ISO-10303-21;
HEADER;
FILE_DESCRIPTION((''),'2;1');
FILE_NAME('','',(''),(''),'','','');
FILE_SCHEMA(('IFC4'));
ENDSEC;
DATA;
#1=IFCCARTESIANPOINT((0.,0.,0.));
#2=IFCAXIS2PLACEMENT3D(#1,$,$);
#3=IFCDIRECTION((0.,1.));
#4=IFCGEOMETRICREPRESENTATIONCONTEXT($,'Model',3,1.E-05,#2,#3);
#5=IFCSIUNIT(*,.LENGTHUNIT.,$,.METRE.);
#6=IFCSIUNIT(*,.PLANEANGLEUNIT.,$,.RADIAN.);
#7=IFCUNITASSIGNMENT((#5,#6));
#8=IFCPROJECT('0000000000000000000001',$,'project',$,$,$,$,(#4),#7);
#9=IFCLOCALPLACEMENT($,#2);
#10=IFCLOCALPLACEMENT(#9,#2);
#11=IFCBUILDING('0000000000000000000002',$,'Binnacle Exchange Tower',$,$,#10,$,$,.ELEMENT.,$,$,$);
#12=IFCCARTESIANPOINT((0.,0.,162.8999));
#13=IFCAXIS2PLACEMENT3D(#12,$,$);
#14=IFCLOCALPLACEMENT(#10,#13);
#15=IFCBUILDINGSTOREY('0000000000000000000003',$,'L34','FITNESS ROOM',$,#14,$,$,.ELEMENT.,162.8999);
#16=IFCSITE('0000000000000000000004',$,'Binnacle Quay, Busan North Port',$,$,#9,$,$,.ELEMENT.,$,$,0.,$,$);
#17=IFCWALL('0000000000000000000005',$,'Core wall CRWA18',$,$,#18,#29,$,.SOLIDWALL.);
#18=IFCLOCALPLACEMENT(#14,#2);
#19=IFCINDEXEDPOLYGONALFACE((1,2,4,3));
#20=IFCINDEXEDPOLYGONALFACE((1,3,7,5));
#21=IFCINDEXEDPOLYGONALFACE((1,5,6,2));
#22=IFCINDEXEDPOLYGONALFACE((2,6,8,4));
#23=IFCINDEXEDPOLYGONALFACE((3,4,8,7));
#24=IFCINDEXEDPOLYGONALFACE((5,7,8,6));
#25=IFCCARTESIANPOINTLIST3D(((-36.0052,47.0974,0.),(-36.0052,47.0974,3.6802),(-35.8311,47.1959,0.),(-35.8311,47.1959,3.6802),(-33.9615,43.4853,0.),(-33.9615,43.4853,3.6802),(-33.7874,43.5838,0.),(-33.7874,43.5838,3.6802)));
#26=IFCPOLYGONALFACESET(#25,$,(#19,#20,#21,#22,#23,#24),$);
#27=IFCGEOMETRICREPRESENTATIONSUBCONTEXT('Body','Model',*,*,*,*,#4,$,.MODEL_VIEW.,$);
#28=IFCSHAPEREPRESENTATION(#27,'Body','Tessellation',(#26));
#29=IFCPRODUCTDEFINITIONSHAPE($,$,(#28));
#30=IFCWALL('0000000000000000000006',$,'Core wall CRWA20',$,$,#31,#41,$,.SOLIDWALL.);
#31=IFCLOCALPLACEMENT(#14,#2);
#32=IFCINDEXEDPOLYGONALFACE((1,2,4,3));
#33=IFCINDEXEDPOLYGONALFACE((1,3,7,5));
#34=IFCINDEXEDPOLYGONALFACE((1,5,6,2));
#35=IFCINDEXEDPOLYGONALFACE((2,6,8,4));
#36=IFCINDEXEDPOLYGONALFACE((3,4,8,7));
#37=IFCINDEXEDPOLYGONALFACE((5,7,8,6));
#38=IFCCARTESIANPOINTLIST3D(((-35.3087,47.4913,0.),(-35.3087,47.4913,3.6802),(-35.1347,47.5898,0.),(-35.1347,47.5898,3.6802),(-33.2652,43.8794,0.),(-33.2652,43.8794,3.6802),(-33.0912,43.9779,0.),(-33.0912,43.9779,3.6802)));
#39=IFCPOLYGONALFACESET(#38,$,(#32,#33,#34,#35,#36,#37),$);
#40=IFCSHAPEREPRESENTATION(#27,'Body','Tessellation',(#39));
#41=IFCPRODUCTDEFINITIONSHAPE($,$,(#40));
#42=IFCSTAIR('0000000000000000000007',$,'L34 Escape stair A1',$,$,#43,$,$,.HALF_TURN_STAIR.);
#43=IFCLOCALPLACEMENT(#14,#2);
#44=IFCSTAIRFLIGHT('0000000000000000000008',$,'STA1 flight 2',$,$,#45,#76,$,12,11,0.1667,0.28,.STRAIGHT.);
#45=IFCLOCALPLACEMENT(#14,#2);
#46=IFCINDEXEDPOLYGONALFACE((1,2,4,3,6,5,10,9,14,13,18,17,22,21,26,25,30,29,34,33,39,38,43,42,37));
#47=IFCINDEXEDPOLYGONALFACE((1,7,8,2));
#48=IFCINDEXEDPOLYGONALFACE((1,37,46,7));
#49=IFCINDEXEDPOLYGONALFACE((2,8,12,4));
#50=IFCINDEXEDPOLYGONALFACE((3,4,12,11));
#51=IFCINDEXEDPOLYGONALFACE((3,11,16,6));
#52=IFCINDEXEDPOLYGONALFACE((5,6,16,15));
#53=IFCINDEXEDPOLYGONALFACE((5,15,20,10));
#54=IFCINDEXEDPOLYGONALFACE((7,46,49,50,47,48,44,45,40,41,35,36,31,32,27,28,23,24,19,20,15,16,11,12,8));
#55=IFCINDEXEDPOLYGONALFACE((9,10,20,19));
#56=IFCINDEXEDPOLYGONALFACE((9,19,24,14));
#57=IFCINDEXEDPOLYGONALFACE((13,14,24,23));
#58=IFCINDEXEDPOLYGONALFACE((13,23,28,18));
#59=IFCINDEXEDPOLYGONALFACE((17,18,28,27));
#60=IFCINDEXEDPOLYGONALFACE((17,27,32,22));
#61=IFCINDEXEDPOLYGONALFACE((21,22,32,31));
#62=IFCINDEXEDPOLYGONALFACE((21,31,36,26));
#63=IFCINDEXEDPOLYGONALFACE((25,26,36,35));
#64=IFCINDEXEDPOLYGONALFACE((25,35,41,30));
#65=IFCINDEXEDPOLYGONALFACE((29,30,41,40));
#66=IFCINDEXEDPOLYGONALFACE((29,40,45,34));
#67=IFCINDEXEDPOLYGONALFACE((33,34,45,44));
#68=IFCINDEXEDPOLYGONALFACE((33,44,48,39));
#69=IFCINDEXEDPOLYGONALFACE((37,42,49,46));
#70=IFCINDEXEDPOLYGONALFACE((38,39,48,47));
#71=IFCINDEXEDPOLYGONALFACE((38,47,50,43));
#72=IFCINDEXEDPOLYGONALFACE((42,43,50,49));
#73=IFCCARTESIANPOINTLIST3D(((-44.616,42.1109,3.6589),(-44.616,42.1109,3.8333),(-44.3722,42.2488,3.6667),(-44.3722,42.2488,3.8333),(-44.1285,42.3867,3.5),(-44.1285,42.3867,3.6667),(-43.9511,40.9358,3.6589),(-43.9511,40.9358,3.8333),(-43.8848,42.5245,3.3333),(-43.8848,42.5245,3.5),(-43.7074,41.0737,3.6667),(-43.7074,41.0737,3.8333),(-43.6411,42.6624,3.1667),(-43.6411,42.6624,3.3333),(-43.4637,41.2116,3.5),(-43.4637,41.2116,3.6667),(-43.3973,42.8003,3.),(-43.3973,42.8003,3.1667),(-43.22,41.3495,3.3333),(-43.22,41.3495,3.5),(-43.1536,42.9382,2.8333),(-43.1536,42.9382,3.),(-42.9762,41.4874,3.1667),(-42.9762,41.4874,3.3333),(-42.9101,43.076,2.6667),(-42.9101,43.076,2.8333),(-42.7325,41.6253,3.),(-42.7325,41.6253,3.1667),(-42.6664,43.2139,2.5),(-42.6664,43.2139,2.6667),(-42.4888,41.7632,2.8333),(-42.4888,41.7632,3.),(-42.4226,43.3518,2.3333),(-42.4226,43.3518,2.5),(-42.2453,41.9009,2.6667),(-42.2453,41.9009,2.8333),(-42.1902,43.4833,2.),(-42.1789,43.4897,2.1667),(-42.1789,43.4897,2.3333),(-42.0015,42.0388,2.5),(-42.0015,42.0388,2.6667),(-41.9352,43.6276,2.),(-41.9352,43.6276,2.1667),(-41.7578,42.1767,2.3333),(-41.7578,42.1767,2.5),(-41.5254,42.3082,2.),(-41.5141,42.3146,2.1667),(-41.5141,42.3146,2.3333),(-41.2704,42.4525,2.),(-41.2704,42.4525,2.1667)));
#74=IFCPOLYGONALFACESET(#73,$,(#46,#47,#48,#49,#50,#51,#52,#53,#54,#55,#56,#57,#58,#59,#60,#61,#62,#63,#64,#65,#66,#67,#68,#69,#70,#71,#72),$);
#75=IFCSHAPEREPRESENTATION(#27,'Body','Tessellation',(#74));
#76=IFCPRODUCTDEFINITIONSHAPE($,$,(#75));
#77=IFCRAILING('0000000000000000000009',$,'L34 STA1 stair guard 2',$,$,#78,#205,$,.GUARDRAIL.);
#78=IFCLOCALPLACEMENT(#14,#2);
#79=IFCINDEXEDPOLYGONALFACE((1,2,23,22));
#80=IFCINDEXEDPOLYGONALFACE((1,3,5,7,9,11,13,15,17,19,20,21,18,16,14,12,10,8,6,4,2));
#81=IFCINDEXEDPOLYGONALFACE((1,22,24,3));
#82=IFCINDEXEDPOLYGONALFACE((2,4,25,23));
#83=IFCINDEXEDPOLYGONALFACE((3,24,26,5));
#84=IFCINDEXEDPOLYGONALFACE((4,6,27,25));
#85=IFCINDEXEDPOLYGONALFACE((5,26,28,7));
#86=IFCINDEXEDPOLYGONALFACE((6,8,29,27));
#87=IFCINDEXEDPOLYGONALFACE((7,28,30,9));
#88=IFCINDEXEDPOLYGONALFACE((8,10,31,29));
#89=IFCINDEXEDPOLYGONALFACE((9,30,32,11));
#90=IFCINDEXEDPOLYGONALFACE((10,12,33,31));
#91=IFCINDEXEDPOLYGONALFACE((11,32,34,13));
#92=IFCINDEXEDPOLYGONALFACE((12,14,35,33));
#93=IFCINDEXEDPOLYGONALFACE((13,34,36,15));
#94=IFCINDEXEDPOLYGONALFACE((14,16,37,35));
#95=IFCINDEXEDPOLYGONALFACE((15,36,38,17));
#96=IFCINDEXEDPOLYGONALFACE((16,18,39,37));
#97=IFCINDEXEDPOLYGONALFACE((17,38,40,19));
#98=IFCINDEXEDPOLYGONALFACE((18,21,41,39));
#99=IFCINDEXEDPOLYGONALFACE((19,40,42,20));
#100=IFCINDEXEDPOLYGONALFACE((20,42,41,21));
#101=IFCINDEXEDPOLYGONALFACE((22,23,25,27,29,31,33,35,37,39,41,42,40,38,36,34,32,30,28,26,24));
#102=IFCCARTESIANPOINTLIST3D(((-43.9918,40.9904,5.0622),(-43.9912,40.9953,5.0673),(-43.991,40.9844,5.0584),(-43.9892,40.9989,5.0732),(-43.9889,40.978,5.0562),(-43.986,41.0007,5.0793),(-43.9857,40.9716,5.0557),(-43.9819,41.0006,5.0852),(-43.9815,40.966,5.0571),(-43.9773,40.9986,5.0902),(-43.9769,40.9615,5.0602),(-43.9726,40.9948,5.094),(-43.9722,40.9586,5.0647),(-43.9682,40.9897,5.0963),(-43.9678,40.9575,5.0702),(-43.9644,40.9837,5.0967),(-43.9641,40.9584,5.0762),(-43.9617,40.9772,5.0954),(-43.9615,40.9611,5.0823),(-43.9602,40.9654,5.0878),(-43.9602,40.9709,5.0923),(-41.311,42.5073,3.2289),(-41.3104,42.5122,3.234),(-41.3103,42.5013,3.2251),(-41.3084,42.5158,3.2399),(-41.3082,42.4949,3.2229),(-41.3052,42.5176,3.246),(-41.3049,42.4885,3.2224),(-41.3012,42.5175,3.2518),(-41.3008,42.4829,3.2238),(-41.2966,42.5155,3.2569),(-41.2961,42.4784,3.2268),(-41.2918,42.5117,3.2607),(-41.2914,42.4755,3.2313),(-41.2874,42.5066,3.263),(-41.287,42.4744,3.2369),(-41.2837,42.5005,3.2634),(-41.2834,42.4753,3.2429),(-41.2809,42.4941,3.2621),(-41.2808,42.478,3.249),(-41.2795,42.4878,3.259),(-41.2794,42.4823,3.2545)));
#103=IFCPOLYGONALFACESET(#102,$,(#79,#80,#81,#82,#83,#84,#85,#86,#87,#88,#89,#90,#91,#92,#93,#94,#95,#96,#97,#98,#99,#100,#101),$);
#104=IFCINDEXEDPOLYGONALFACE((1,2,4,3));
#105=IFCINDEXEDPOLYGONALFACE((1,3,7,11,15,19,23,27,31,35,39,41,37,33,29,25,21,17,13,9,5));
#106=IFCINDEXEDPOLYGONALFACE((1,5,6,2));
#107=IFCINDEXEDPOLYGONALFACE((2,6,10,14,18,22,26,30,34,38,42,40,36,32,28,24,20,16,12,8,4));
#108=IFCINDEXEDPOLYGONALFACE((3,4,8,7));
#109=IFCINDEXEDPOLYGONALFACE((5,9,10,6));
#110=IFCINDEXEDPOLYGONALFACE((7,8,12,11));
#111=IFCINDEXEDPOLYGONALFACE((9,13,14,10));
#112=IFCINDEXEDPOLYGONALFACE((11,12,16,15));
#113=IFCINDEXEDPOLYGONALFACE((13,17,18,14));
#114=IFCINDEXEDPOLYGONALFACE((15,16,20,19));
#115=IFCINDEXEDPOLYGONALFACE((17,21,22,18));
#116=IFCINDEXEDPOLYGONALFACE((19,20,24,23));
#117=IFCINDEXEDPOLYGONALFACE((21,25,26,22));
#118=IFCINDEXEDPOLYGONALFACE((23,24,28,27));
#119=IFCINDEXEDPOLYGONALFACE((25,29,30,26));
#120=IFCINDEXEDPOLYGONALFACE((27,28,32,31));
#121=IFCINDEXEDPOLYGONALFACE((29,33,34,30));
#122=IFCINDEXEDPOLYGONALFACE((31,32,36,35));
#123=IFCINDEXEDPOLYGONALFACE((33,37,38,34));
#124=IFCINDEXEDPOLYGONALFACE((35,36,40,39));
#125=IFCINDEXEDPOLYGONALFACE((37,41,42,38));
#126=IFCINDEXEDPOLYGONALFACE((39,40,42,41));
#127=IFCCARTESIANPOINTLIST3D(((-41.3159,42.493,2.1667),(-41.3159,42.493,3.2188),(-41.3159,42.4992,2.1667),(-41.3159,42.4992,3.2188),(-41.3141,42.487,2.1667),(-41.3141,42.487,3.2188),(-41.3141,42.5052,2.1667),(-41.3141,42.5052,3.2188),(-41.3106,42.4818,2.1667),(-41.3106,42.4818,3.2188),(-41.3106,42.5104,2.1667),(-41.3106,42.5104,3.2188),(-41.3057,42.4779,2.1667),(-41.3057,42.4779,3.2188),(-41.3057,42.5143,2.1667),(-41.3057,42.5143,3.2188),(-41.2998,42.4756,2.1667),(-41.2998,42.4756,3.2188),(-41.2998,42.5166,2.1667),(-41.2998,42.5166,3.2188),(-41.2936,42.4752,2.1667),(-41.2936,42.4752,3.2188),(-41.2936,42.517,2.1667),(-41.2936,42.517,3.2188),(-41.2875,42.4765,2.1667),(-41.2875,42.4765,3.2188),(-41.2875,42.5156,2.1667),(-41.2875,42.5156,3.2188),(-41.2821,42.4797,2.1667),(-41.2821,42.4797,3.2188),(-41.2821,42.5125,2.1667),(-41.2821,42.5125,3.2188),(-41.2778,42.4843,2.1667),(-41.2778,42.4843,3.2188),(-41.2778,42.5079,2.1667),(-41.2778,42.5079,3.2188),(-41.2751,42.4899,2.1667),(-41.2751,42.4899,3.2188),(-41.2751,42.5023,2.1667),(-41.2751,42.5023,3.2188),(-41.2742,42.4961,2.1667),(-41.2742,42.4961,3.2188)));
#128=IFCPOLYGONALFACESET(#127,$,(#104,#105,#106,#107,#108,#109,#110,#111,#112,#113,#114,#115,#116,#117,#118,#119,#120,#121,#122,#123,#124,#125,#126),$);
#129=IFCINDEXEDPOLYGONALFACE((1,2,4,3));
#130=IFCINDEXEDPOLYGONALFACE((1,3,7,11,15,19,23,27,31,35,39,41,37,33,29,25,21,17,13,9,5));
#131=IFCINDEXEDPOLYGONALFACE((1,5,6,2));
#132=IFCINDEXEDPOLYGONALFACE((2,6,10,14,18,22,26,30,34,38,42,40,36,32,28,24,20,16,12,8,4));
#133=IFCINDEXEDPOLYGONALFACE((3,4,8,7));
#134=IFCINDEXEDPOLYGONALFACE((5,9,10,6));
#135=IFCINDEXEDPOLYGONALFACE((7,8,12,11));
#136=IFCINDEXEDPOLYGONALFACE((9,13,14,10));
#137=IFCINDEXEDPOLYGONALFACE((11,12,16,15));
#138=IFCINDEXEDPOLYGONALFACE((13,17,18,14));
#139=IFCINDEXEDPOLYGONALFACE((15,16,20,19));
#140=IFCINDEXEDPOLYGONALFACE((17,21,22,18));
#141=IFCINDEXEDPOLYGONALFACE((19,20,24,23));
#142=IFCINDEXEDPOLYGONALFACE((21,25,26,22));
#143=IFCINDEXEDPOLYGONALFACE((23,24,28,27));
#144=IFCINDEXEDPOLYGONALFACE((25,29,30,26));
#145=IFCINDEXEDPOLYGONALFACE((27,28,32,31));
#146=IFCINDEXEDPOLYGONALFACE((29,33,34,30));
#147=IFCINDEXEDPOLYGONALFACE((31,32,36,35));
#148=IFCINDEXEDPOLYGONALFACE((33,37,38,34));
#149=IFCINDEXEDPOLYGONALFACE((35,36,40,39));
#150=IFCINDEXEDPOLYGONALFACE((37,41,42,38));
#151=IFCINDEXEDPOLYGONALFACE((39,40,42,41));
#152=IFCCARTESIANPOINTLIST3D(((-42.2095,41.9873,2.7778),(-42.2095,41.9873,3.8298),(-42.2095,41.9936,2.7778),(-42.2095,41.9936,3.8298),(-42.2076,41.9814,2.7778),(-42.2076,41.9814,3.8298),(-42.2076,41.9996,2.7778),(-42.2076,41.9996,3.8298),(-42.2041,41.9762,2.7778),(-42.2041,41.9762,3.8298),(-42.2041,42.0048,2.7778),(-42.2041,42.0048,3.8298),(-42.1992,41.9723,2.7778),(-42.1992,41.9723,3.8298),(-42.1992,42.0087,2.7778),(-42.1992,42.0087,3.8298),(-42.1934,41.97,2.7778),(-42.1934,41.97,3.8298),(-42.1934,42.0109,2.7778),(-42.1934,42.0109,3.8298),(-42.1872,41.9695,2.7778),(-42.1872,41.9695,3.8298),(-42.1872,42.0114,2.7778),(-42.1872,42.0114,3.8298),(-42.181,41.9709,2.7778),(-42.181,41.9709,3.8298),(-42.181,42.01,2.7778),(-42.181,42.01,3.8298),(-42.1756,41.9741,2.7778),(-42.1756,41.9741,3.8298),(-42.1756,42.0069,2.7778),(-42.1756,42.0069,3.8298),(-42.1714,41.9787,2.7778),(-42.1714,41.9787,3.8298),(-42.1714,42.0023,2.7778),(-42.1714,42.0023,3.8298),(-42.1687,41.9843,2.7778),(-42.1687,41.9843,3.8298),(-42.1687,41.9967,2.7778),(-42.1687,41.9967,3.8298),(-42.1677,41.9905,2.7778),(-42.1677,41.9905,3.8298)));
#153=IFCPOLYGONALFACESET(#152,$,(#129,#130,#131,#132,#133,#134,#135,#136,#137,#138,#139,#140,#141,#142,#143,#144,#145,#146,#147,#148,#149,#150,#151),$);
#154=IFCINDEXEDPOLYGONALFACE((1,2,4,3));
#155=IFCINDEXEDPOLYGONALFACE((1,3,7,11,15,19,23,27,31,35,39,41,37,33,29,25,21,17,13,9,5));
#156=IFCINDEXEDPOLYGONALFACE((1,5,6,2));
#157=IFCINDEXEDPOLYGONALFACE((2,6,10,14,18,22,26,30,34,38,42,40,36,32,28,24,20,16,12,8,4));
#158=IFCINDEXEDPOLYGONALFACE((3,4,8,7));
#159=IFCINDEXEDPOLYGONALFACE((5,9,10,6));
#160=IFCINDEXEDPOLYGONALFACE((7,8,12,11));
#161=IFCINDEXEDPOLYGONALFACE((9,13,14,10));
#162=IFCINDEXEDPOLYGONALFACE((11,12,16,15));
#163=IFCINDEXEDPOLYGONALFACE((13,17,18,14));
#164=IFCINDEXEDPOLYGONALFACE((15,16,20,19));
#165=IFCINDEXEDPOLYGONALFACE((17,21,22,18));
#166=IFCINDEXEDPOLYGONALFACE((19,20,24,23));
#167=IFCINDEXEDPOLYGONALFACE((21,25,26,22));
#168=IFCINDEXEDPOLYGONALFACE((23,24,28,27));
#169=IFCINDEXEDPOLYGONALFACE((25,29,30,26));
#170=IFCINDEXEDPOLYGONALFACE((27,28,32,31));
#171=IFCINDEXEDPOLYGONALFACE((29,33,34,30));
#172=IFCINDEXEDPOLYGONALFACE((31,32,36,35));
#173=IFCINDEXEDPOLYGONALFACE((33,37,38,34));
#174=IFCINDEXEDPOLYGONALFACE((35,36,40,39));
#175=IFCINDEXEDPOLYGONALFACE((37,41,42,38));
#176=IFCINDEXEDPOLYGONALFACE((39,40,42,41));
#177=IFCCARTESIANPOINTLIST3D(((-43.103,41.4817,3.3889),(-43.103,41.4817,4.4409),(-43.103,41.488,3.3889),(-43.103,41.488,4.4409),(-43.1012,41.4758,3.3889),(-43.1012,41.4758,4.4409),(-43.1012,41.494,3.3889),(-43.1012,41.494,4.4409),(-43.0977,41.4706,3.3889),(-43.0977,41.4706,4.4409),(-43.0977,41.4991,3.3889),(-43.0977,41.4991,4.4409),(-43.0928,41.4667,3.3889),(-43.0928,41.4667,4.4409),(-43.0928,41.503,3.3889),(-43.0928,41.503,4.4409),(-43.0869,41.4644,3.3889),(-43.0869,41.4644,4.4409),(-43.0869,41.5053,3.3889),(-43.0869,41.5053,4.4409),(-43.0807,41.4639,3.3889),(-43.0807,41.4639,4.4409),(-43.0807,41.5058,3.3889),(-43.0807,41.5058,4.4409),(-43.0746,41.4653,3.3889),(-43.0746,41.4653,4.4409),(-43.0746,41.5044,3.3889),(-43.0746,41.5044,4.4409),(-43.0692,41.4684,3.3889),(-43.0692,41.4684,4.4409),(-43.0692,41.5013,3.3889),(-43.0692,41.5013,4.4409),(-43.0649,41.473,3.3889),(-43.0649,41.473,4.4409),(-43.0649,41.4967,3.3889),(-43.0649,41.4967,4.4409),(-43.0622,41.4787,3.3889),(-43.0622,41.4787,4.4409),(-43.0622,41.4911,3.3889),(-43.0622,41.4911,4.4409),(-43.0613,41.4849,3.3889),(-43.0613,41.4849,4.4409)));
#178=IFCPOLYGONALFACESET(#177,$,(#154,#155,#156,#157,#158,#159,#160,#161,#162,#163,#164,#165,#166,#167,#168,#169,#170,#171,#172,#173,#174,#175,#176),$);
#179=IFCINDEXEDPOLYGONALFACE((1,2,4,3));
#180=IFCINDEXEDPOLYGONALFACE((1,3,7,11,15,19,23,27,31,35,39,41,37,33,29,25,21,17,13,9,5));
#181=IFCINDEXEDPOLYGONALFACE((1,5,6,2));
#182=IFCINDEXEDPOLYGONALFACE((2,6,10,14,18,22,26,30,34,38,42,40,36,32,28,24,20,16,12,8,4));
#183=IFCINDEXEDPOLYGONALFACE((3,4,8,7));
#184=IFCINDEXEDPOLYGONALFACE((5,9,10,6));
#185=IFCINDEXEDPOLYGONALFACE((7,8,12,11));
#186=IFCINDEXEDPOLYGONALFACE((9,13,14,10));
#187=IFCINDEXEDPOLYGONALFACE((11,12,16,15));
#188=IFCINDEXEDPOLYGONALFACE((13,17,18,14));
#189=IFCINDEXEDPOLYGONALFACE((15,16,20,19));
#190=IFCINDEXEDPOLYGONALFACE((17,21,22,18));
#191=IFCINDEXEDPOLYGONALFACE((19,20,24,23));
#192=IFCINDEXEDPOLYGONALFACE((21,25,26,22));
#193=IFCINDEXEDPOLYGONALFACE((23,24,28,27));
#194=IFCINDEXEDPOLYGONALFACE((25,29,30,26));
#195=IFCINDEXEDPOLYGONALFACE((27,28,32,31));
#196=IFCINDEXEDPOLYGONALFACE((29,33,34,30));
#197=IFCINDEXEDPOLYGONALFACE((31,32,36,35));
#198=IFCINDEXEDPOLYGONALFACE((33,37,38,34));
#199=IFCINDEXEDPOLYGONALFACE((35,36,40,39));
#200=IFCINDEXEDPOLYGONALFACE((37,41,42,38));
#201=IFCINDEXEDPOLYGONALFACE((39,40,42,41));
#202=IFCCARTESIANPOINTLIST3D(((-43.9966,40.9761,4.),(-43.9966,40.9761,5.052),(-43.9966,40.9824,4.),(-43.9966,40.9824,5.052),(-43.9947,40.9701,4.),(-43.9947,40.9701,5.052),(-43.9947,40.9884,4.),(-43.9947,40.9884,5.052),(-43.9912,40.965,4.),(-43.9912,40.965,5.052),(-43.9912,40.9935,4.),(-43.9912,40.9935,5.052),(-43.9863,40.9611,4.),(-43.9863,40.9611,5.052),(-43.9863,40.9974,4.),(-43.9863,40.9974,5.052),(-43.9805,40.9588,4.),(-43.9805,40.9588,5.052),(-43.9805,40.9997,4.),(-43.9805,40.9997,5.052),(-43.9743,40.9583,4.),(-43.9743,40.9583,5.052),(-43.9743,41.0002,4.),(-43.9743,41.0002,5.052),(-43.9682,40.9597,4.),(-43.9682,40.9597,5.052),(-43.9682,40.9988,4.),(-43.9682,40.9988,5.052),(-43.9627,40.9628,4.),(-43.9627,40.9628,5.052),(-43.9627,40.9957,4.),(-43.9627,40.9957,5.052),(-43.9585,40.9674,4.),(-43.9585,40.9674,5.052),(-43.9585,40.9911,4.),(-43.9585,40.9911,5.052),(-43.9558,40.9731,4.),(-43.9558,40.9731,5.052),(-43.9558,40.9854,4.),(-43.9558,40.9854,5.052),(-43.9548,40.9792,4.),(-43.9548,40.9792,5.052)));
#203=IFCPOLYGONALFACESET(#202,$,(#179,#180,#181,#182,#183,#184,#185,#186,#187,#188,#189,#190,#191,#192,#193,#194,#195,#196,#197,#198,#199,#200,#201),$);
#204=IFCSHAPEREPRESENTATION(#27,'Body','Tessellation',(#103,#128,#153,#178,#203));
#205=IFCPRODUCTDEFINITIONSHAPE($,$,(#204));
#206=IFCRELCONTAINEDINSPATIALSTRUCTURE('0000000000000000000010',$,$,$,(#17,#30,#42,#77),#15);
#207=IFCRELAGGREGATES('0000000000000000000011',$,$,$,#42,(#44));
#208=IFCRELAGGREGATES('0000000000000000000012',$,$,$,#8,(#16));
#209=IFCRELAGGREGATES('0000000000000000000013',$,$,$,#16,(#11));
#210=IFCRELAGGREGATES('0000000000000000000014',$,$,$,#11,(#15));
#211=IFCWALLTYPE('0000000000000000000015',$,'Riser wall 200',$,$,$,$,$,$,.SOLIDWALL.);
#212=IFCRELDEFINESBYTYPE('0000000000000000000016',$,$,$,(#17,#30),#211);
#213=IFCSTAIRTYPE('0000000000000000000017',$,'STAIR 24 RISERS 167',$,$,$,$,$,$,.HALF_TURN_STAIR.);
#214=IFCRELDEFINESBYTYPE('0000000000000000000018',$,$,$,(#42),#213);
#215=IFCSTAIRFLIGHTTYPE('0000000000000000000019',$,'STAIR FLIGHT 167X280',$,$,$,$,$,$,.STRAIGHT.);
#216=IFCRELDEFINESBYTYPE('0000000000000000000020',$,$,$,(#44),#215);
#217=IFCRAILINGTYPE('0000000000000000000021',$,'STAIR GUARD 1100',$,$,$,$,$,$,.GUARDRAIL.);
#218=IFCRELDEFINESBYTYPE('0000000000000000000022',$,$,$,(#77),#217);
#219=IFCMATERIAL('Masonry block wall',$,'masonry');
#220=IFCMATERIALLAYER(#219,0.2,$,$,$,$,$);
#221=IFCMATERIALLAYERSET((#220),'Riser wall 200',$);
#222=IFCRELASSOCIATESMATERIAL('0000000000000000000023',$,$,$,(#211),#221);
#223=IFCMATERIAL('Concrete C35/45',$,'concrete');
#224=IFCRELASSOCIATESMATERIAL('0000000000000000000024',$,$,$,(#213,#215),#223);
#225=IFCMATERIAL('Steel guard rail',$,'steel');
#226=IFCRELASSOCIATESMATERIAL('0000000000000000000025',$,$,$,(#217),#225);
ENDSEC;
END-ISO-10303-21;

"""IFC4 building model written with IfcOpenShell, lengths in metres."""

from ifc_helpers import new_model, si_unit, direction, frame, frame_2d, origin, origin_2d, place, context, subcontext, project, spatial, polyline, rectangle, circle, outline, extrude, material, layer, layer_set, type_object, element, aggregate, save


model = new_model("IFC4")

# Units and contexts
model_context = context("Model", 3, precision=1e-05, world=origin(), true_north=direction((0.0, 1.0)))
body_context = subcontext(model_context, "Body", "Model", "MODEL_VIEW")
ifc_project = project(units=[si_unit("LENGTHUNIT", "METRE"), si_unit("PLANEANGLEUNIT", "RADIAN")], contexts=[model_context])

# Site, building, storey
site_placement = place(None, origin())
site = spatial("IfcSite", under=ifc_project, at=site_placement, Name="Binnacle Quay, Busan North Port", CompositionType="ELEMENT", RefElevation=0.0)
building_placement = place(site_placement, origin())
building = spatial("IfcBuilding", under=site, at=building_placement, Name="Binnacle Exchange Tower", CompositionType="ELEMENT")
storey_placement = place(building_placement, frame((0.0, 0.0, 162.8999)))
storey = spatial("IfcBuildingStorey", under=building, at=storey_placement, Name="L34", Description="FITNESS ROOM", CompositionType="ELEMENT", Elevation=162.8999)

# Shared definitions
ifc_material_1 = material(Name="Masonry block wall", Category="masonry")

# Walls
ifc_layer_1 = layer(ifc_material_1, 0.2)
ifc_layer_set_1 = layer_set([ifc_layer_1], Name="Riser wall 200")
wall_type_1 = type_object("IfcWallType", Name="Riser wall 200", PredefinedType="SOLIDWALL", material=ifc_layer_set_1)
wall_1_placement = place(storey_placement, frame((-35.9182, 47.1467, 0.0), z_axis=(0.0, 0.0, 1.0), x_axis=(0.492441, -0.870346, 0.0)))
element("IfcWall", 1, at=wall_1_placement, inside=storey, type_object=wall_type_1, Name="Core wall CRWA18", PredefinedType="SOLIDWALL", context=body_context, shape_type="SweptSolid", body=[
    extrude(rectangle(XDim=4.1501, YDim=0.2, at=frame_2d((2.0752, 0.0))), origin(), (0.0, 0.0, 1.0), 3.6802),
])
wall_2_placement = place(storey_placement, frame((-35.2217, 47.5405, 0.0), z_axis=(0.0, 0.0, 1.0), x_axis=(0.492422, -0.870357, 0.0)))
element("IfcWall", 2, at=wall_2_placement, inside=storey, type_object=wall_type_1, Name="Core wall CRWA20", PredefinedType="SOLIDWALL", context=body_context, shape_type="SweptSolid", body=[
    extrude(rectangle(XDim=4.1499, YDim=0.2, at=frame_2d((2.075, 0.0))), origin(), (0.0, 0.0, 1.0), 3.6802),
])

# Stair, stair flight
ifc_material_2 = material(Name="Concrete C35/45", Category="concrete")
stair_type = type_object("IfcStairType", Name="STAIR 24 RISERS 167", PredefinedType="HALF_TURN_STAIR", material=ifc_material_2)
stair_placement = place(storey_placement, origin())
stair = element("IfcStair", 3, at=stair_placement, inside=storey, type_object=stair_type, Name="L34 Escape stair A1", PredefinedType="HALF_TURN_STAIR")
stair_flight_type = type_object("IfcStairFlightType", Name="STAIR FLIGHT 167X280", PredefinedType="STRAIGHT", material=ifc_material_2)
stair_flight_placement = place(storey_placement, frame((-41.6028, 43.04, 2.0), z_axis=(0.0, 0.0, 1.0), x_axis=(-0.870356, -0.492424, 0.0)))
stair_flight = element("IfcStairFlight", 4, at=stair_flight_placement, type_object=stair_flight_type, Name="STA1 flight 2", NumberOfRisers=12, NumberOfTreads=11, PredefinedType="STRAIGHT", RiserHeight=0.1667, TreadLength=0.28, context=body_context, shape_type="SweptSolid", body=[
    extrude(outline(polyline([(0.0, 0.0), (0.0, 0.1667), (0.28, 0.1667), (0.28, 0.3333), (0.5601, 0.3333), (0.5601, 0.5), (0.8401, 0.5), (0.8401, 0.6667), (1.1201, 0.6667), (1.1201, 0.8333), (1.3999, 0.8333), (1.3999, 1.0), (1.6799, 1.0), (1.6799, 1.1667), (1.96, 1.1667), (1.96, 1.3333), (2.24, 1.3333), (2.24, 1.5), (2.52, 1.5), (2.52, 1.6667), (2.8, 1.6667), (2.8, 1.8333), (3.0801, 1.8333), (3.0801, 2.0), (3.0801, 1.6589), (0.293, 0.0), (0.0, 0.0)])), frame((0.0, 0.675, 0.0), z_axis=(0.0, -1.0, 0.0), x_axis=(1.0, 0.0, 0.0)), (0.0, 0.0, 1.0), 1.3501),
])
aggregate(stair, [stair_flight])

# Railing
ifc_material_3 = material(Name="Steel guard rail", Category="steel")
railing_type = type_object("IfcRailingType", Name="STAIR GUARD 1100", PredefinedType="GUARDRAIL", material=ifc_material_3)
railing_placement = place(storey_placement, frame((-41.2952, 42.4961, 2.1667)))
element("IfcRailing", 5, at=railing_placement, inside=storey, type_object=railing_type, Name="L34 STA1 stair guard 2", PredefinedType="GUARDRAIL", context=body_context, shape_type="SweptSolid", body=[
    extrude(circle(Radius=0.0239, at=origin_2d()), frame((0.0, 0.0, 1.0762), z_axis=(-0.747879, -0.423185, 0.51146), x_axis=(0.492472, -0.870328, 0.0)), (0.0, 0.0, 1.0), 3.5845),
    extrude(circle(Radius=0.021, at=origin_2d()), origin(), (0.0, 0.0, 1.0), 1.052),
    extrude(circle(Radius=0.021, at=origin_2d()), frame((-0.8936, -0.5056, 0.6111)), (0.0, 0.0, 1.0), 1.052),
    extrude(circle(Radius=0.021, at=origin_2d()), frame((-1.7871, -1.0112, 1.2222)), (0.0, 0.0, 1.0), 1.052),
    extrude(circle(Radius=0.021, at=origin_2d()), frame((-2.6807, -1.5168, 1.8333)), (0.0, 0.0, 1.0), 1.052),
])

save(model, "model.ifc")
